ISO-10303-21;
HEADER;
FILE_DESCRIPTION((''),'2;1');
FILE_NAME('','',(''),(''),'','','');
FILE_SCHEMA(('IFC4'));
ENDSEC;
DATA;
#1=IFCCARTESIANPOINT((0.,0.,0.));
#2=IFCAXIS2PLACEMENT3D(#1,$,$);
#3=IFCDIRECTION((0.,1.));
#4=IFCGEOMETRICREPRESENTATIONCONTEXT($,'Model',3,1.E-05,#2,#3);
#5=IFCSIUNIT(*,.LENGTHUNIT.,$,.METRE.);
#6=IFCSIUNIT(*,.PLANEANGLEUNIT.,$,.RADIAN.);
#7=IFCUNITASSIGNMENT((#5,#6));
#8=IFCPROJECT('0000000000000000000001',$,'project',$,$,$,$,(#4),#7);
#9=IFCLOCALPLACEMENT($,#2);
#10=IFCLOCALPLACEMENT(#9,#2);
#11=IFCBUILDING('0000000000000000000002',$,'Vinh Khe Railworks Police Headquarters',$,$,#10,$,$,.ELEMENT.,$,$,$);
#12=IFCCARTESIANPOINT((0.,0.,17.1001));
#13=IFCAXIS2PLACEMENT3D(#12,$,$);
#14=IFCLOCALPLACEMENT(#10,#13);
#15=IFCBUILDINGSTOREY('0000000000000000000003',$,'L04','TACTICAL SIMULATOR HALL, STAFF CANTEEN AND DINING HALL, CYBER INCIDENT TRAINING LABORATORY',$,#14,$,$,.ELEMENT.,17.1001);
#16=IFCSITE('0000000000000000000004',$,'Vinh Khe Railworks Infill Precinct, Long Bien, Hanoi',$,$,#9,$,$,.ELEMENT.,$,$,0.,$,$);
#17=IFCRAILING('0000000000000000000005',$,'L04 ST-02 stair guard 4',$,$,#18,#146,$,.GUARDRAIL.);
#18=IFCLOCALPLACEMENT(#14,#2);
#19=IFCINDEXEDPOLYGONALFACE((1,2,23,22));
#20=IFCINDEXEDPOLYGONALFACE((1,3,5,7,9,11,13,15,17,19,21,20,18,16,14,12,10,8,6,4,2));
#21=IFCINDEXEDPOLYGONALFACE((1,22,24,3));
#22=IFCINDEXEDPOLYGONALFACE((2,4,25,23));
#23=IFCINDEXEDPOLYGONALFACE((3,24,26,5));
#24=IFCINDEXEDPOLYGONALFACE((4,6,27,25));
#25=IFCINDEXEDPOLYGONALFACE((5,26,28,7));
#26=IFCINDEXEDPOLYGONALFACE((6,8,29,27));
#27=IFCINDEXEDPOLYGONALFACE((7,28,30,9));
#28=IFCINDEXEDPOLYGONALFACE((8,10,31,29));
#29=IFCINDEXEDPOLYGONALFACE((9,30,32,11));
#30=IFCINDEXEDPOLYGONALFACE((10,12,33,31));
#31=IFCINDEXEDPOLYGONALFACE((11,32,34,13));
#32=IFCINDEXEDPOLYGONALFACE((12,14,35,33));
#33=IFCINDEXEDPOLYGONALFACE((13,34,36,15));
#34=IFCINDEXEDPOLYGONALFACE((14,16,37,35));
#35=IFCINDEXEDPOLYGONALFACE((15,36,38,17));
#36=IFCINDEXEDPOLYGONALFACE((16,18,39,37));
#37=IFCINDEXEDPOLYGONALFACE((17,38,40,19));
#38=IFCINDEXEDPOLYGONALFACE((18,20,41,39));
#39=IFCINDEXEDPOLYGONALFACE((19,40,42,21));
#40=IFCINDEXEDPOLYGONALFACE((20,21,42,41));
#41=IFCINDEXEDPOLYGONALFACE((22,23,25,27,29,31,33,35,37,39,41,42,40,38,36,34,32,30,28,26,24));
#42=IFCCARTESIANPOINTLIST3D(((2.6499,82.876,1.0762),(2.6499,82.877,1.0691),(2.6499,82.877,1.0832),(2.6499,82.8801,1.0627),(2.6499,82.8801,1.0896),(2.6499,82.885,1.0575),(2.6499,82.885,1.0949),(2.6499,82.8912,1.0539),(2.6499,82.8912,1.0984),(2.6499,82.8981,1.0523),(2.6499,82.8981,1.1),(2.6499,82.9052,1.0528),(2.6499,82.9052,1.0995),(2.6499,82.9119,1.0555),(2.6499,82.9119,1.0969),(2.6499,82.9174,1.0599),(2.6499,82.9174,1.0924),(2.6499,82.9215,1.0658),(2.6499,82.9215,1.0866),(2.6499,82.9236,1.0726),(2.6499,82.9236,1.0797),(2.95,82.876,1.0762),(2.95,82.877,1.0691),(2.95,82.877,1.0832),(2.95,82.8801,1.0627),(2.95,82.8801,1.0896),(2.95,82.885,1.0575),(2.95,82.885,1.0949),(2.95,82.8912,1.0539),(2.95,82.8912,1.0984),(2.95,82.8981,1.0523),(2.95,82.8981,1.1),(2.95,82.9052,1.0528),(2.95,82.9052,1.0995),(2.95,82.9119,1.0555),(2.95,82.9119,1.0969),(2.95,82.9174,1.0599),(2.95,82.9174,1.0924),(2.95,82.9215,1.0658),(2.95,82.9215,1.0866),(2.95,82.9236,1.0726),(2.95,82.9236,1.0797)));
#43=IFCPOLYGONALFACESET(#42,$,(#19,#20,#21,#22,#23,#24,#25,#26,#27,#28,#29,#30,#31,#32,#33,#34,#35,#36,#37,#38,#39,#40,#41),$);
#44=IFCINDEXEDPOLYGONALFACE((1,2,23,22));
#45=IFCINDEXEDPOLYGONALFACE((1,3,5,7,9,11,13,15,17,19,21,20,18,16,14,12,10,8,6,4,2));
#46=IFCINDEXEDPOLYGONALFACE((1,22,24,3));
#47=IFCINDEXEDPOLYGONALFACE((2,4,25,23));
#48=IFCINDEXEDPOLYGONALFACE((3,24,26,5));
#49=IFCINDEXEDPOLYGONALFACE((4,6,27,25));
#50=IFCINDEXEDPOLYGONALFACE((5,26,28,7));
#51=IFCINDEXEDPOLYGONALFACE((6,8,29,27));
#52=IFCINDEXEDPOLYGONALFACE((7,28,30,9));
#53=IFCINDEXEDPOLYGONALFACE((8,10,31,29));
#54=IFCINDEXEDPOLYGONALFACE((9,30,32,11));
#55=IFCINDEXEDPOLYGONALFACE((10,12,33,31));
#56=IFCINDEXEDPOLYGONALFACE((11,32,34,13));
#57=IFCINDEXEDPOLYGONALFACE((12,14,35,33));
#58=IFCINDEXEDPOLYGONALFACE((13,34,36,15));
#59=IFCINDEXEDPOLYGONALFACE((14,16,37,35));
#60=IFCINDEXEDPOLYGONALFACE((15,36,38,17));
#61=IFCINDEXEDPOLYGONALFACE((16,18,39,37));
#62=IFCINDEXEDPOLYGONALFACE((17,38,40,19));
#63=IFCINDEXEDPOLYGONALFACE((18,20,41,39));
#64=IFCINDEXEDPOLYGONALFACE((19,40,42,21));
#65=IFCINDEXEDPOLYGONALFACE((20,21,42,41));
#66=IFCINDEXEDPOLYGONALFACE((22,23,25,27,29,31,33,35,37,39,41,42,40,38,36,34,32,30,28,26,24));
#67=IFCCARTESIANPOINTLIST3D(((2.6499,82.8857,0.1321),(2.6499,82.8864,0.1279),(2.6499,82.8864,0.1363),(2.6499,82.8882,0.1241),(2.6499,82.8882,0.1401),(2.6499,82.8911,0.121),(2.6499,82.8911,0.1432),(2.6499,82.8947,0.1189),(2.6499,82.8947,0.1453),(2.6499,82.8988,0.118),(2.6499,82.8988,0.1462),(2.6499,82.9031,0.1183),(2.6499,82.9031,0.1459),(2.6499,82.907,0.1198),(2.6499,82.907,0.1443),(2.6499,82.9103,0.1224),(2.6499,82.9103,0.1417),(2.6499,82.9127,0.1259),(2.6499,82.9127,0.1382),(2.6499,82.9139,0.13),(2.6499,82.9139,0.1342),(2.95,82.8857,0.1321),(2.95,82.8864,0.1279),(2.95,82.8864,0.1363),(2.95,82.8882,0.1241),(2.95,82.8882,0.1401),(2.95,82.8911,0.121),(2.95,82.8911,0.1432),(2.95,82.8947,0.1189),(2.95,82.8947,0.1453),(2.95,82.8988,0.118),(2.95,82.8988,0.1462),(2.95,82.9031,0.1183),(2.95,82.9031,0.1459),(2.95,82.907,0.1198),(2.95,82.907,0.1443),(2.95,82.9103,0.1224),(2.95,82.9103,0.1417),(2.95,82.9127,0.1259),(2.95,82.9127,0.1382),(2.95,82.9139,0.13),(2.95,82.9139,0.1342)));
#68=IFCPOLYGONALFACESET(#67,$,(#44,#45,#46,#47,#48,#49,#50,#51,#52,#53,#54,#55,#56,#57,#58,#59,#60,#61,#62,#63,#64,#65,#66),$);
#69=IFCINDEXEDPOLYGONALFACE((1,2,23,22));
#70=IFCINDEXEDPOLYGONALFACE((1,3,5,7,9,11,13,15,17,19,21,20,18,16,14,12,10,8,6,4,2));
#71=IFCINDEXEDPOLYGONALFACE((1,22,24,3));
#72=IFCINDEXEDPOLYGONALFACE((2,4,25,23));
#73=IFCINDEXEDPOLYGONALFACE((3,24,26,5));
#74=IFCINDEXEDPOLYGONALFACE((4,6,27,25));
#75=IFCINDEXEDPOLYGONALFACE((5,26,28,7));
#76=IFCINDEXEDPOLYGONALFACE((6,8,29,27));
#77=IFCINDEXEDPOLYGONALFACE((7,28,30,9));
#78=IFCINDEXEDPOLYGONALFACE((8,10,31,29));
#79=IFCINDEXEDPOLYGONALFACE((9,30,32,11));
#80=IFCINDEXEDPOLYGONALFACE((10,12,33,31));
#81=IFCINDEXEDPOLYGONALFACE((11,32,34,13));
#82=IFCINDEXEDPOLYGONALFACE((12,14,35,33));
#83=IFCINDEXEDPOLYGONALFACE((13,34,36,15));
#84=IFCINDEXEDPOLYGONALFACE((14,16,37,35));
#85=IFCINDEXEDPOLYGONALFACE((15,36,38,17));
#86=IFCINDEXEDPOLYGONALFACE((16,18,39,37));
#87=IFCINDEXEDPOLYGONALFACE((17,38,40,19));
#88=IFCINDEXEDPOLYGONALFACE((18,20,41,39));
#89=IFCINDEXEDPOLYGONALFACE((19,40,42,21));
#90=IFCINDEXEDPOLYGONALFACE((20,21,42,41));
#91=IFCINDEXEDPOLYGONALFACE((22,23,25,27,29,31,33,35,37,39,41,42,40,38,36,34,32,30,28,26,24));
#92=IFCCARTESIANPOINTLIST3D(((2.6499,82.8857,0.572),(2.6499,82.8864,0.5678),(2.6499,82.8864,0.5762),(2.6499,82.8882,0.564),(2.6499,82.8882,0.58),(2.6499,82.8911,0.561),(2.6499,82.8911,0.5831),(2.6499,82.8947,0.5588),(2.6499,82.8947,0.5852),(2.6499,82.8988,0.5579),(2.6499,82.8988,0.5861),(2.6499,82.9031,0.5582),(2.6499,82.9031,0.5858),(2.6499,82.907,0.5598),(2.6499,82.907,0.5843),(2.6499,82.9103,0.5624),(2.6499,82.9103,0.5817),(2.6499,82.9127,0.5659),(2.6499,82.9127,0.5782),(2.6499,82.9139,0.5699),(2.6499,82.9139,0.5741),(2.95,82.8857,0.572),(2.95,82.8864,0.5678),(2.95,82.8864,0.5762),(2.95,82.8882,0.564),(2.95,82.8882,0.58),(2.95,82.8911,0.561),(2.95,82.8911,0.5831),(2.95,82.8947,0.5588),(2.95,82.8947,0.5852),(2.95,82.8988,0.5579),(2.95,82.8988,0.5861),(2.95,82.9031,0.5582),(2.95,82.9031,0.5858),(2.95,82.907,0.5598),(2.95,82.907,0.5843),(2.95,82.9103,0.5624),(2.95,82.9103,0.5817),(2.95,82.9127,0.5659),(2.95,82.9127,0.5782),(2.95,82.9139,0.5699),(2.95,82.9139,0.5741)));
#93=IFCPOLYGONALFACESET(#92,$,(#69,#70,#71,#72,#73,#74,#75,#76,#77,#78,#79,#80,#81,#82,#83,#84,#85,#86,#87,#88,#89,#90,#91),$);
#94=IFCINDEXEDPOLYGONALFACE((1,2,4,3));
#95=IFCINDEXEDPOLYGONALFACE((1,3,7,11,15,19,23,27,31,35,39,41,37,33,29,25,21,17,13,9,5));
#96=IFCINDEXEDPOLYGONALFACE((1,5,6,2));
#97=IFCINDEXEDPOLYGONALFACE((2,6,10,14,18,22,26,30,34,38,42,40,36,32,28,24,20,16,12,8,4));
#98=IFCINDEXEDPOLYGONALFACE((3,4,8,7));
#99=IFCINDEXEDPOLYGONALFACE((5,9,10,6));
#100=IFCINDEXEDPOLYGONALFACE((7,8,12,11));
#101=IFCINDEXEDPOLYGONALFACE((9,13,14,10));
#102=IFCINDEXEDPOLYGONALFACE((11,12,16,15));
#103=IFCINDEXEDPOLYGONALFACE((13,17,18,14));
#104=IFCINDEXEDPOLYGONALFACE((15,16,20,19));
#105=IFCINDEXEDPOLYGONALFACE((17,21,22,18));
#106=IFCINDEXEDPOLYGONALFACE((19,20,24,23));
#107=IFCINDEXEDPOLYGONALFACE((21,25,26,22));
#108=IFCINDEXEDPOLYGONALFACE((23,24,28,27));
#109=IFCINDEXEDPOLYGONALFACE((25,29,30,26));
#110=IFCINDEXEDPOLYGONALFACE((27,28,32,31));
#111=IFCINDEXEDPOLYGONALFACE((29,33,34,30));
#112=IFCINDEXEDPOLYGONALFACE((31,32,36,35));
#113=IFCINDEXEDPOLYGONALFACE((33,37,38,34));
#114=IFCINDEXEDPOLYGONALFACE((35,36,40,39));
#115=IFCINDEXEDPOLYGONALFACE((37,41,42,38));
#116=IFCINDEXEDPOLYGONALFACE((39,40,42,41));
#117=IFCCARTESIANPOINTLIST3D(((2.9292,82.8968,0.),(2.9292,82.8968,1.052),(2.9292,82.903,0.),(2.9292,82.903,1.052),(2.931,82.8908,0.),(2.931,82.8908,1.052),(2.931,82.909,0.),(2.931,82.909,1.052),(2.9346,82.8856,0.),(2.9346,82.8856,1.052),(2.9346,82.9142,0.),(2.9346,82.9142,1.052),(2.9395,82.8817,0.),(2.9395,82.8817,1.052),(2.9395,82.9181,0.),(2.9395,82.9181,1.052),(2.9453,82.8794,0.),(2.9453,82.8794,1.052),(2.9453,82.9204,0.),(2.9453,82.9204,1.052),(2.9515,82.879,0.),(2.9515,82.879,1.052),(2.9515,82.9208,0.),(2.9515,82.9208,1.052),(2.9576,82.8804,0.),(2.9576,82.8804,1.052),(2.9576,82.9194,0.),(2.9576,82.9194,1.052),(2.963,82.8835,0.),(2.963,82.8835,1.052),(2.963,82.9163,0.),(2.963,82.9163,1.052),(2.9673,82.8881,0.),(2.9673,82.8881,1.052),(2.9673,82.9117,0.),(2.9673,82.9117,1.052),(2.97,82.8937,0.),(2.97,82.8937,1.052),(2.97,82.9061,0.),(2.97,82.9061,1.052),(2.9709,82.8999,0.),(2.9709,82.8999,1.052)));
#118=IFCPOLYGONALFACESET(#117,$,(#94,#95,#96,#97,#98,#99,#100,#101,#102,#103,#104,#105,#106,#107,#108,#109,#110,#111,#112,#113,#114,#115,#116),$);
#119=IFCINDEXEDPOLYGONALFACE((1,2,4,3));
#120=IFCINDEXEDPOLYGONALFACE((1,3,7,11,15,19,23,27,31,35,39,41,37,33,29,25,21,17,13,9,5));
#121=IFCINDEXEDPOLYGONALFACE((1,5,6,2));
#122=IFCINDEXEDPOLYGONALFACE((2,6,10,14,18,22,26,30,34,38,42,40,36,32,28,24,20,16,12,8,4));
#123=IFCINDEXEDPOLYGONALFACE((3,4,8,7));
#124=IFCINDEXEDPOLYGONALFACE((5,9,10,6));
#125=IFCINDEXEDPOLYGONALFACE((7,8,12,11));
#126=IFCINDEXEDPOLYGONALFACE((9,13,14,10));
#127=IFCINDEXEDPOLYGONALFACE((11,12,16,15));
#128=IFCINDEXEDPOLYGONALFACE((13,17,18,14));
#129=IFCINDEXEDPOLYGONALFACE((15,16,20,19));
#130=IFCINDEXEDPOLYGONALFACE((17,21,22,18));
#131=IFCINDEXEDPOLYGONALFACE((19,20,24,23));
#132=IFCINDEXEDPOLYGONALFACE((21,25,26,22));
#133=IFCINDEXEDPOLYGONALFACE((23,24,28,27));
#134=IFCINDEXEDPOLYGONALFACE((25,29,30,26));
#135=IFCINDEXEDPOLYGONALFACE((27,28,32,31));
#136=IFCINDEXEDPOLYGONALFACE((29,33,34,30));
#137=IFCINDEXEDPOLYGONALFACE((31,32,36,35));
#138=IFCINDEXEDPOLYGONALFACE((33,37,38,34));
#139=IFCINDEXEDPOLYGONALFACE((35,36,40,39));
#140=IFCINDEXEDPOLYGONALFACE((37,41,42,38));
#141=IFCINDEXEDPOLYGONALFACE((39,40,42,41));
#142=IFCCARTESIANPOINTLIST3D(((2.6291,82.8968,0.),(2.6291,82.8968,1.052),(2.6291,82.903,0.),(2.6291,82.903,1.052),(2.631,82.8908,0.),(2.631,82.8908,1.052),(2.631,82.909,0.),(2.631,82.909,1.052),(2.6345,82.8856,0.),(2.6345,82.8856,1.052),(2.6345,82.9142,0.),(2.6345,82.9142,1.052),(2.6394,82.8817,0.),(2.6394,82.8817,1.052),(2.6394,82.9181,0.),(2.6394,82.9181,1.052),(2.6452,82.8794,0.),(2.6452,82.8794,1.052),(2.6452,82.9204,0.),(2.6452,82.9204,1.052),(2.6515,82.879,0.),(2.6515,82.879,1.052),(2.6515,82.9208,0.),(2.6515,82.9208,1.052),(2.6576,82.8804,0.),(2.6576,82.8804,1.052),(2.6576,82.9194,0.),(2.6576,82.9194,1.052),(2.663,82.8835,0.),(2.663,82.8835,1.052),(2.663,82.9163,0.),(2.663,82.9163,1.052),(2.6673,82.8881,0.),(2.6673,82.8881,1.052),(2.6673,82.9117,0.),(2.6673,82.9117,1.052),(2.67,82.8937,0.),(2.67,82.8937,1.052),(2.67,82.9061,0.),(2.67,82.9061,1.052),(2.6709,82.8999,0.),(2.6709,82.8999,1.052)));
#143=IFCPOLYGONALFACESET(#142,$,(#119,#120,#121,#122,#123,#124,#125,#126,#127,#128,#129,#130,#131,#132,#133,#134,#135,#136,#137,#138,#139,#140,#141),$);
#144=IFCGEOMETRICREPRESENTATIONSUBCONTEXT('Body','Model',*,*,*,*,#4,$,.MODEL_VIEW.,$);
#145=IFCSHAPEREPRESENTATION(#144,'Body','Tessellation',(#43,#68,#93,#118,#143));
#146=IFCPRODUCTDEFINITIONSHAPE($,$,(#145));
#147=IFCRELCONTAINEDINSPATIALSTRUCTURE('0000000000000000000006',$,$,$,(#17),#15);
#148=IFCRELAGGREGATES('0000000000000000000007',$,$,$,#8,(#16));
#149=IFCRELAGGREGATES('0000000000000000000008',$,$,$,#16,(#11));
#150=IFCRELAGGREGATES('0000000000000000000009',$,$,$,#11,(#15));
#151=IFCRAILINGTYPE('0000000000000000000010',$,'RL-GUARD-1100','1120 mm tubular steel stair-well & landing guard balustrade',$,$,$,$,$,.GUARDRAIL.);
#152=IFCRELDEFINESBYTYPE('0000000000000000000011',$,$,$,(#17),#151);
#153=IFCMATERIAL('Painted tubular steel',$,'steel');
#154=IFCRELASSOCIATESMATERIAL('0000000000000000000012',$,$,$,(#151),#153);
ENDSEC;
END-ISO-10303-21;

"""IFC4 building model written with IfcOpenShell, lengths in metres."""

from ifc_helpers import new_model, si_unit, direction, frame, origin, origin_2d, place, context, subcontext, project, spatial, circle, extrude, material, type_object, element, save


model = new_model("IFC4")

# Units and contexts
model_context = context("Model", 3, precision=1e-05, world=origin(), true_north=direction((0.0, 1.0)))
body_context = subcontext(model_context, "Body", "Model", "MODEL_VIEW")
ifc_project = project(units=[si_unit("LENGTHUNIT", "METRE"), si_unit("PLANEANGLEUNIT", "RADIAN")], contexts=[model_context])

# Site, building, storey
site_placement = place(None, origin())
site = spatial("IfcSite", under=ifc_project, at=site_placement, Name="Vinh Khe Railworks Infill Precinct, Long Bien, Hanoi", CompositionType="ELEMENT", RefElevation=0.0)
building_placement = place(site_placement, origin())
building = spatial("IfcBuilding", under=site, at=building_placement, Name="Vinh Khe Railworks Police Headquarters", CompositionType="ELEMENT")
storey_placement = place(building_placement, frame((0.0, 0.0, 17.1001)))
storey = spatial("IfcBuildingStorey", under=building, at=storey_placement, Name="L04", Description="TACTICAL SIMULATOR HALL, STAFF CANTEEN AND DINING HALL, CYBER INCIDENT TRAINING LABORATORY", CompositionType="ELEMENT", Elevation=17.1001)

# Railing
ifc_material_1 = material(Name="Painted tubular steel", Category="steel")
railing_type_1 = type_object("IfcRailingType", Name="RL-GUARD-1100", Description="1120 mm tubular steel stair-well & landing guard balustrade", PredefinedType="GUARDRAIL", material=ifc_material_1)
railing_1_placement = place(storey_placement, frame((2.95, 82.8999, 0.0)))
element("IfcRailing", 1, at=railing_1_placement, inside=storey, type_object=railing_type_1, Name="L04 ST-02 stair guard 4", PredefinedType="GUARDRAIL", context=body_context, shape_type="SweptSolid", body=[
    extrude(circle(Radius=0.0239, at=origin_2d()), frame((0.0, 0.0, 1.0762), z_axis=(-1.0, 0.0, 0.0), x_axis=(0.0, -1.0, 0.0)), (0.0, 0.0, 1.0), 0.3),
    extrude(circle(Radius=0.0142, at=origin_2d()), frame((0.0, 0.0, 0.1321), z_axis=(-1.0, 0.0, 0.0), x_axis=(0.0, -1.0, 0.0)), (0.0, 0.0, 1.0), 0.3),
    extrude(circle(Radius=0.0142, at=origin_2d()), frame((0.0, 0.0, 0.572), z_axis=(-1.0, 0.0, 0.0), x_axis=(0.0, -1.0, 0.0)), (0.0, 0.0, 1.0), 0.3),
    extrude(circle(Radius=0.021, at=origin_2d()), origin(), (0.0, 0.0, 1.0), 1.052),
    extrude(circle(Radius=0.021, at=origin_2d()), frame((-0.3, 0.0, 0.0)), (0.0, 0.0, 1.0), 1.052),
])

save(model, "model.ifc")
